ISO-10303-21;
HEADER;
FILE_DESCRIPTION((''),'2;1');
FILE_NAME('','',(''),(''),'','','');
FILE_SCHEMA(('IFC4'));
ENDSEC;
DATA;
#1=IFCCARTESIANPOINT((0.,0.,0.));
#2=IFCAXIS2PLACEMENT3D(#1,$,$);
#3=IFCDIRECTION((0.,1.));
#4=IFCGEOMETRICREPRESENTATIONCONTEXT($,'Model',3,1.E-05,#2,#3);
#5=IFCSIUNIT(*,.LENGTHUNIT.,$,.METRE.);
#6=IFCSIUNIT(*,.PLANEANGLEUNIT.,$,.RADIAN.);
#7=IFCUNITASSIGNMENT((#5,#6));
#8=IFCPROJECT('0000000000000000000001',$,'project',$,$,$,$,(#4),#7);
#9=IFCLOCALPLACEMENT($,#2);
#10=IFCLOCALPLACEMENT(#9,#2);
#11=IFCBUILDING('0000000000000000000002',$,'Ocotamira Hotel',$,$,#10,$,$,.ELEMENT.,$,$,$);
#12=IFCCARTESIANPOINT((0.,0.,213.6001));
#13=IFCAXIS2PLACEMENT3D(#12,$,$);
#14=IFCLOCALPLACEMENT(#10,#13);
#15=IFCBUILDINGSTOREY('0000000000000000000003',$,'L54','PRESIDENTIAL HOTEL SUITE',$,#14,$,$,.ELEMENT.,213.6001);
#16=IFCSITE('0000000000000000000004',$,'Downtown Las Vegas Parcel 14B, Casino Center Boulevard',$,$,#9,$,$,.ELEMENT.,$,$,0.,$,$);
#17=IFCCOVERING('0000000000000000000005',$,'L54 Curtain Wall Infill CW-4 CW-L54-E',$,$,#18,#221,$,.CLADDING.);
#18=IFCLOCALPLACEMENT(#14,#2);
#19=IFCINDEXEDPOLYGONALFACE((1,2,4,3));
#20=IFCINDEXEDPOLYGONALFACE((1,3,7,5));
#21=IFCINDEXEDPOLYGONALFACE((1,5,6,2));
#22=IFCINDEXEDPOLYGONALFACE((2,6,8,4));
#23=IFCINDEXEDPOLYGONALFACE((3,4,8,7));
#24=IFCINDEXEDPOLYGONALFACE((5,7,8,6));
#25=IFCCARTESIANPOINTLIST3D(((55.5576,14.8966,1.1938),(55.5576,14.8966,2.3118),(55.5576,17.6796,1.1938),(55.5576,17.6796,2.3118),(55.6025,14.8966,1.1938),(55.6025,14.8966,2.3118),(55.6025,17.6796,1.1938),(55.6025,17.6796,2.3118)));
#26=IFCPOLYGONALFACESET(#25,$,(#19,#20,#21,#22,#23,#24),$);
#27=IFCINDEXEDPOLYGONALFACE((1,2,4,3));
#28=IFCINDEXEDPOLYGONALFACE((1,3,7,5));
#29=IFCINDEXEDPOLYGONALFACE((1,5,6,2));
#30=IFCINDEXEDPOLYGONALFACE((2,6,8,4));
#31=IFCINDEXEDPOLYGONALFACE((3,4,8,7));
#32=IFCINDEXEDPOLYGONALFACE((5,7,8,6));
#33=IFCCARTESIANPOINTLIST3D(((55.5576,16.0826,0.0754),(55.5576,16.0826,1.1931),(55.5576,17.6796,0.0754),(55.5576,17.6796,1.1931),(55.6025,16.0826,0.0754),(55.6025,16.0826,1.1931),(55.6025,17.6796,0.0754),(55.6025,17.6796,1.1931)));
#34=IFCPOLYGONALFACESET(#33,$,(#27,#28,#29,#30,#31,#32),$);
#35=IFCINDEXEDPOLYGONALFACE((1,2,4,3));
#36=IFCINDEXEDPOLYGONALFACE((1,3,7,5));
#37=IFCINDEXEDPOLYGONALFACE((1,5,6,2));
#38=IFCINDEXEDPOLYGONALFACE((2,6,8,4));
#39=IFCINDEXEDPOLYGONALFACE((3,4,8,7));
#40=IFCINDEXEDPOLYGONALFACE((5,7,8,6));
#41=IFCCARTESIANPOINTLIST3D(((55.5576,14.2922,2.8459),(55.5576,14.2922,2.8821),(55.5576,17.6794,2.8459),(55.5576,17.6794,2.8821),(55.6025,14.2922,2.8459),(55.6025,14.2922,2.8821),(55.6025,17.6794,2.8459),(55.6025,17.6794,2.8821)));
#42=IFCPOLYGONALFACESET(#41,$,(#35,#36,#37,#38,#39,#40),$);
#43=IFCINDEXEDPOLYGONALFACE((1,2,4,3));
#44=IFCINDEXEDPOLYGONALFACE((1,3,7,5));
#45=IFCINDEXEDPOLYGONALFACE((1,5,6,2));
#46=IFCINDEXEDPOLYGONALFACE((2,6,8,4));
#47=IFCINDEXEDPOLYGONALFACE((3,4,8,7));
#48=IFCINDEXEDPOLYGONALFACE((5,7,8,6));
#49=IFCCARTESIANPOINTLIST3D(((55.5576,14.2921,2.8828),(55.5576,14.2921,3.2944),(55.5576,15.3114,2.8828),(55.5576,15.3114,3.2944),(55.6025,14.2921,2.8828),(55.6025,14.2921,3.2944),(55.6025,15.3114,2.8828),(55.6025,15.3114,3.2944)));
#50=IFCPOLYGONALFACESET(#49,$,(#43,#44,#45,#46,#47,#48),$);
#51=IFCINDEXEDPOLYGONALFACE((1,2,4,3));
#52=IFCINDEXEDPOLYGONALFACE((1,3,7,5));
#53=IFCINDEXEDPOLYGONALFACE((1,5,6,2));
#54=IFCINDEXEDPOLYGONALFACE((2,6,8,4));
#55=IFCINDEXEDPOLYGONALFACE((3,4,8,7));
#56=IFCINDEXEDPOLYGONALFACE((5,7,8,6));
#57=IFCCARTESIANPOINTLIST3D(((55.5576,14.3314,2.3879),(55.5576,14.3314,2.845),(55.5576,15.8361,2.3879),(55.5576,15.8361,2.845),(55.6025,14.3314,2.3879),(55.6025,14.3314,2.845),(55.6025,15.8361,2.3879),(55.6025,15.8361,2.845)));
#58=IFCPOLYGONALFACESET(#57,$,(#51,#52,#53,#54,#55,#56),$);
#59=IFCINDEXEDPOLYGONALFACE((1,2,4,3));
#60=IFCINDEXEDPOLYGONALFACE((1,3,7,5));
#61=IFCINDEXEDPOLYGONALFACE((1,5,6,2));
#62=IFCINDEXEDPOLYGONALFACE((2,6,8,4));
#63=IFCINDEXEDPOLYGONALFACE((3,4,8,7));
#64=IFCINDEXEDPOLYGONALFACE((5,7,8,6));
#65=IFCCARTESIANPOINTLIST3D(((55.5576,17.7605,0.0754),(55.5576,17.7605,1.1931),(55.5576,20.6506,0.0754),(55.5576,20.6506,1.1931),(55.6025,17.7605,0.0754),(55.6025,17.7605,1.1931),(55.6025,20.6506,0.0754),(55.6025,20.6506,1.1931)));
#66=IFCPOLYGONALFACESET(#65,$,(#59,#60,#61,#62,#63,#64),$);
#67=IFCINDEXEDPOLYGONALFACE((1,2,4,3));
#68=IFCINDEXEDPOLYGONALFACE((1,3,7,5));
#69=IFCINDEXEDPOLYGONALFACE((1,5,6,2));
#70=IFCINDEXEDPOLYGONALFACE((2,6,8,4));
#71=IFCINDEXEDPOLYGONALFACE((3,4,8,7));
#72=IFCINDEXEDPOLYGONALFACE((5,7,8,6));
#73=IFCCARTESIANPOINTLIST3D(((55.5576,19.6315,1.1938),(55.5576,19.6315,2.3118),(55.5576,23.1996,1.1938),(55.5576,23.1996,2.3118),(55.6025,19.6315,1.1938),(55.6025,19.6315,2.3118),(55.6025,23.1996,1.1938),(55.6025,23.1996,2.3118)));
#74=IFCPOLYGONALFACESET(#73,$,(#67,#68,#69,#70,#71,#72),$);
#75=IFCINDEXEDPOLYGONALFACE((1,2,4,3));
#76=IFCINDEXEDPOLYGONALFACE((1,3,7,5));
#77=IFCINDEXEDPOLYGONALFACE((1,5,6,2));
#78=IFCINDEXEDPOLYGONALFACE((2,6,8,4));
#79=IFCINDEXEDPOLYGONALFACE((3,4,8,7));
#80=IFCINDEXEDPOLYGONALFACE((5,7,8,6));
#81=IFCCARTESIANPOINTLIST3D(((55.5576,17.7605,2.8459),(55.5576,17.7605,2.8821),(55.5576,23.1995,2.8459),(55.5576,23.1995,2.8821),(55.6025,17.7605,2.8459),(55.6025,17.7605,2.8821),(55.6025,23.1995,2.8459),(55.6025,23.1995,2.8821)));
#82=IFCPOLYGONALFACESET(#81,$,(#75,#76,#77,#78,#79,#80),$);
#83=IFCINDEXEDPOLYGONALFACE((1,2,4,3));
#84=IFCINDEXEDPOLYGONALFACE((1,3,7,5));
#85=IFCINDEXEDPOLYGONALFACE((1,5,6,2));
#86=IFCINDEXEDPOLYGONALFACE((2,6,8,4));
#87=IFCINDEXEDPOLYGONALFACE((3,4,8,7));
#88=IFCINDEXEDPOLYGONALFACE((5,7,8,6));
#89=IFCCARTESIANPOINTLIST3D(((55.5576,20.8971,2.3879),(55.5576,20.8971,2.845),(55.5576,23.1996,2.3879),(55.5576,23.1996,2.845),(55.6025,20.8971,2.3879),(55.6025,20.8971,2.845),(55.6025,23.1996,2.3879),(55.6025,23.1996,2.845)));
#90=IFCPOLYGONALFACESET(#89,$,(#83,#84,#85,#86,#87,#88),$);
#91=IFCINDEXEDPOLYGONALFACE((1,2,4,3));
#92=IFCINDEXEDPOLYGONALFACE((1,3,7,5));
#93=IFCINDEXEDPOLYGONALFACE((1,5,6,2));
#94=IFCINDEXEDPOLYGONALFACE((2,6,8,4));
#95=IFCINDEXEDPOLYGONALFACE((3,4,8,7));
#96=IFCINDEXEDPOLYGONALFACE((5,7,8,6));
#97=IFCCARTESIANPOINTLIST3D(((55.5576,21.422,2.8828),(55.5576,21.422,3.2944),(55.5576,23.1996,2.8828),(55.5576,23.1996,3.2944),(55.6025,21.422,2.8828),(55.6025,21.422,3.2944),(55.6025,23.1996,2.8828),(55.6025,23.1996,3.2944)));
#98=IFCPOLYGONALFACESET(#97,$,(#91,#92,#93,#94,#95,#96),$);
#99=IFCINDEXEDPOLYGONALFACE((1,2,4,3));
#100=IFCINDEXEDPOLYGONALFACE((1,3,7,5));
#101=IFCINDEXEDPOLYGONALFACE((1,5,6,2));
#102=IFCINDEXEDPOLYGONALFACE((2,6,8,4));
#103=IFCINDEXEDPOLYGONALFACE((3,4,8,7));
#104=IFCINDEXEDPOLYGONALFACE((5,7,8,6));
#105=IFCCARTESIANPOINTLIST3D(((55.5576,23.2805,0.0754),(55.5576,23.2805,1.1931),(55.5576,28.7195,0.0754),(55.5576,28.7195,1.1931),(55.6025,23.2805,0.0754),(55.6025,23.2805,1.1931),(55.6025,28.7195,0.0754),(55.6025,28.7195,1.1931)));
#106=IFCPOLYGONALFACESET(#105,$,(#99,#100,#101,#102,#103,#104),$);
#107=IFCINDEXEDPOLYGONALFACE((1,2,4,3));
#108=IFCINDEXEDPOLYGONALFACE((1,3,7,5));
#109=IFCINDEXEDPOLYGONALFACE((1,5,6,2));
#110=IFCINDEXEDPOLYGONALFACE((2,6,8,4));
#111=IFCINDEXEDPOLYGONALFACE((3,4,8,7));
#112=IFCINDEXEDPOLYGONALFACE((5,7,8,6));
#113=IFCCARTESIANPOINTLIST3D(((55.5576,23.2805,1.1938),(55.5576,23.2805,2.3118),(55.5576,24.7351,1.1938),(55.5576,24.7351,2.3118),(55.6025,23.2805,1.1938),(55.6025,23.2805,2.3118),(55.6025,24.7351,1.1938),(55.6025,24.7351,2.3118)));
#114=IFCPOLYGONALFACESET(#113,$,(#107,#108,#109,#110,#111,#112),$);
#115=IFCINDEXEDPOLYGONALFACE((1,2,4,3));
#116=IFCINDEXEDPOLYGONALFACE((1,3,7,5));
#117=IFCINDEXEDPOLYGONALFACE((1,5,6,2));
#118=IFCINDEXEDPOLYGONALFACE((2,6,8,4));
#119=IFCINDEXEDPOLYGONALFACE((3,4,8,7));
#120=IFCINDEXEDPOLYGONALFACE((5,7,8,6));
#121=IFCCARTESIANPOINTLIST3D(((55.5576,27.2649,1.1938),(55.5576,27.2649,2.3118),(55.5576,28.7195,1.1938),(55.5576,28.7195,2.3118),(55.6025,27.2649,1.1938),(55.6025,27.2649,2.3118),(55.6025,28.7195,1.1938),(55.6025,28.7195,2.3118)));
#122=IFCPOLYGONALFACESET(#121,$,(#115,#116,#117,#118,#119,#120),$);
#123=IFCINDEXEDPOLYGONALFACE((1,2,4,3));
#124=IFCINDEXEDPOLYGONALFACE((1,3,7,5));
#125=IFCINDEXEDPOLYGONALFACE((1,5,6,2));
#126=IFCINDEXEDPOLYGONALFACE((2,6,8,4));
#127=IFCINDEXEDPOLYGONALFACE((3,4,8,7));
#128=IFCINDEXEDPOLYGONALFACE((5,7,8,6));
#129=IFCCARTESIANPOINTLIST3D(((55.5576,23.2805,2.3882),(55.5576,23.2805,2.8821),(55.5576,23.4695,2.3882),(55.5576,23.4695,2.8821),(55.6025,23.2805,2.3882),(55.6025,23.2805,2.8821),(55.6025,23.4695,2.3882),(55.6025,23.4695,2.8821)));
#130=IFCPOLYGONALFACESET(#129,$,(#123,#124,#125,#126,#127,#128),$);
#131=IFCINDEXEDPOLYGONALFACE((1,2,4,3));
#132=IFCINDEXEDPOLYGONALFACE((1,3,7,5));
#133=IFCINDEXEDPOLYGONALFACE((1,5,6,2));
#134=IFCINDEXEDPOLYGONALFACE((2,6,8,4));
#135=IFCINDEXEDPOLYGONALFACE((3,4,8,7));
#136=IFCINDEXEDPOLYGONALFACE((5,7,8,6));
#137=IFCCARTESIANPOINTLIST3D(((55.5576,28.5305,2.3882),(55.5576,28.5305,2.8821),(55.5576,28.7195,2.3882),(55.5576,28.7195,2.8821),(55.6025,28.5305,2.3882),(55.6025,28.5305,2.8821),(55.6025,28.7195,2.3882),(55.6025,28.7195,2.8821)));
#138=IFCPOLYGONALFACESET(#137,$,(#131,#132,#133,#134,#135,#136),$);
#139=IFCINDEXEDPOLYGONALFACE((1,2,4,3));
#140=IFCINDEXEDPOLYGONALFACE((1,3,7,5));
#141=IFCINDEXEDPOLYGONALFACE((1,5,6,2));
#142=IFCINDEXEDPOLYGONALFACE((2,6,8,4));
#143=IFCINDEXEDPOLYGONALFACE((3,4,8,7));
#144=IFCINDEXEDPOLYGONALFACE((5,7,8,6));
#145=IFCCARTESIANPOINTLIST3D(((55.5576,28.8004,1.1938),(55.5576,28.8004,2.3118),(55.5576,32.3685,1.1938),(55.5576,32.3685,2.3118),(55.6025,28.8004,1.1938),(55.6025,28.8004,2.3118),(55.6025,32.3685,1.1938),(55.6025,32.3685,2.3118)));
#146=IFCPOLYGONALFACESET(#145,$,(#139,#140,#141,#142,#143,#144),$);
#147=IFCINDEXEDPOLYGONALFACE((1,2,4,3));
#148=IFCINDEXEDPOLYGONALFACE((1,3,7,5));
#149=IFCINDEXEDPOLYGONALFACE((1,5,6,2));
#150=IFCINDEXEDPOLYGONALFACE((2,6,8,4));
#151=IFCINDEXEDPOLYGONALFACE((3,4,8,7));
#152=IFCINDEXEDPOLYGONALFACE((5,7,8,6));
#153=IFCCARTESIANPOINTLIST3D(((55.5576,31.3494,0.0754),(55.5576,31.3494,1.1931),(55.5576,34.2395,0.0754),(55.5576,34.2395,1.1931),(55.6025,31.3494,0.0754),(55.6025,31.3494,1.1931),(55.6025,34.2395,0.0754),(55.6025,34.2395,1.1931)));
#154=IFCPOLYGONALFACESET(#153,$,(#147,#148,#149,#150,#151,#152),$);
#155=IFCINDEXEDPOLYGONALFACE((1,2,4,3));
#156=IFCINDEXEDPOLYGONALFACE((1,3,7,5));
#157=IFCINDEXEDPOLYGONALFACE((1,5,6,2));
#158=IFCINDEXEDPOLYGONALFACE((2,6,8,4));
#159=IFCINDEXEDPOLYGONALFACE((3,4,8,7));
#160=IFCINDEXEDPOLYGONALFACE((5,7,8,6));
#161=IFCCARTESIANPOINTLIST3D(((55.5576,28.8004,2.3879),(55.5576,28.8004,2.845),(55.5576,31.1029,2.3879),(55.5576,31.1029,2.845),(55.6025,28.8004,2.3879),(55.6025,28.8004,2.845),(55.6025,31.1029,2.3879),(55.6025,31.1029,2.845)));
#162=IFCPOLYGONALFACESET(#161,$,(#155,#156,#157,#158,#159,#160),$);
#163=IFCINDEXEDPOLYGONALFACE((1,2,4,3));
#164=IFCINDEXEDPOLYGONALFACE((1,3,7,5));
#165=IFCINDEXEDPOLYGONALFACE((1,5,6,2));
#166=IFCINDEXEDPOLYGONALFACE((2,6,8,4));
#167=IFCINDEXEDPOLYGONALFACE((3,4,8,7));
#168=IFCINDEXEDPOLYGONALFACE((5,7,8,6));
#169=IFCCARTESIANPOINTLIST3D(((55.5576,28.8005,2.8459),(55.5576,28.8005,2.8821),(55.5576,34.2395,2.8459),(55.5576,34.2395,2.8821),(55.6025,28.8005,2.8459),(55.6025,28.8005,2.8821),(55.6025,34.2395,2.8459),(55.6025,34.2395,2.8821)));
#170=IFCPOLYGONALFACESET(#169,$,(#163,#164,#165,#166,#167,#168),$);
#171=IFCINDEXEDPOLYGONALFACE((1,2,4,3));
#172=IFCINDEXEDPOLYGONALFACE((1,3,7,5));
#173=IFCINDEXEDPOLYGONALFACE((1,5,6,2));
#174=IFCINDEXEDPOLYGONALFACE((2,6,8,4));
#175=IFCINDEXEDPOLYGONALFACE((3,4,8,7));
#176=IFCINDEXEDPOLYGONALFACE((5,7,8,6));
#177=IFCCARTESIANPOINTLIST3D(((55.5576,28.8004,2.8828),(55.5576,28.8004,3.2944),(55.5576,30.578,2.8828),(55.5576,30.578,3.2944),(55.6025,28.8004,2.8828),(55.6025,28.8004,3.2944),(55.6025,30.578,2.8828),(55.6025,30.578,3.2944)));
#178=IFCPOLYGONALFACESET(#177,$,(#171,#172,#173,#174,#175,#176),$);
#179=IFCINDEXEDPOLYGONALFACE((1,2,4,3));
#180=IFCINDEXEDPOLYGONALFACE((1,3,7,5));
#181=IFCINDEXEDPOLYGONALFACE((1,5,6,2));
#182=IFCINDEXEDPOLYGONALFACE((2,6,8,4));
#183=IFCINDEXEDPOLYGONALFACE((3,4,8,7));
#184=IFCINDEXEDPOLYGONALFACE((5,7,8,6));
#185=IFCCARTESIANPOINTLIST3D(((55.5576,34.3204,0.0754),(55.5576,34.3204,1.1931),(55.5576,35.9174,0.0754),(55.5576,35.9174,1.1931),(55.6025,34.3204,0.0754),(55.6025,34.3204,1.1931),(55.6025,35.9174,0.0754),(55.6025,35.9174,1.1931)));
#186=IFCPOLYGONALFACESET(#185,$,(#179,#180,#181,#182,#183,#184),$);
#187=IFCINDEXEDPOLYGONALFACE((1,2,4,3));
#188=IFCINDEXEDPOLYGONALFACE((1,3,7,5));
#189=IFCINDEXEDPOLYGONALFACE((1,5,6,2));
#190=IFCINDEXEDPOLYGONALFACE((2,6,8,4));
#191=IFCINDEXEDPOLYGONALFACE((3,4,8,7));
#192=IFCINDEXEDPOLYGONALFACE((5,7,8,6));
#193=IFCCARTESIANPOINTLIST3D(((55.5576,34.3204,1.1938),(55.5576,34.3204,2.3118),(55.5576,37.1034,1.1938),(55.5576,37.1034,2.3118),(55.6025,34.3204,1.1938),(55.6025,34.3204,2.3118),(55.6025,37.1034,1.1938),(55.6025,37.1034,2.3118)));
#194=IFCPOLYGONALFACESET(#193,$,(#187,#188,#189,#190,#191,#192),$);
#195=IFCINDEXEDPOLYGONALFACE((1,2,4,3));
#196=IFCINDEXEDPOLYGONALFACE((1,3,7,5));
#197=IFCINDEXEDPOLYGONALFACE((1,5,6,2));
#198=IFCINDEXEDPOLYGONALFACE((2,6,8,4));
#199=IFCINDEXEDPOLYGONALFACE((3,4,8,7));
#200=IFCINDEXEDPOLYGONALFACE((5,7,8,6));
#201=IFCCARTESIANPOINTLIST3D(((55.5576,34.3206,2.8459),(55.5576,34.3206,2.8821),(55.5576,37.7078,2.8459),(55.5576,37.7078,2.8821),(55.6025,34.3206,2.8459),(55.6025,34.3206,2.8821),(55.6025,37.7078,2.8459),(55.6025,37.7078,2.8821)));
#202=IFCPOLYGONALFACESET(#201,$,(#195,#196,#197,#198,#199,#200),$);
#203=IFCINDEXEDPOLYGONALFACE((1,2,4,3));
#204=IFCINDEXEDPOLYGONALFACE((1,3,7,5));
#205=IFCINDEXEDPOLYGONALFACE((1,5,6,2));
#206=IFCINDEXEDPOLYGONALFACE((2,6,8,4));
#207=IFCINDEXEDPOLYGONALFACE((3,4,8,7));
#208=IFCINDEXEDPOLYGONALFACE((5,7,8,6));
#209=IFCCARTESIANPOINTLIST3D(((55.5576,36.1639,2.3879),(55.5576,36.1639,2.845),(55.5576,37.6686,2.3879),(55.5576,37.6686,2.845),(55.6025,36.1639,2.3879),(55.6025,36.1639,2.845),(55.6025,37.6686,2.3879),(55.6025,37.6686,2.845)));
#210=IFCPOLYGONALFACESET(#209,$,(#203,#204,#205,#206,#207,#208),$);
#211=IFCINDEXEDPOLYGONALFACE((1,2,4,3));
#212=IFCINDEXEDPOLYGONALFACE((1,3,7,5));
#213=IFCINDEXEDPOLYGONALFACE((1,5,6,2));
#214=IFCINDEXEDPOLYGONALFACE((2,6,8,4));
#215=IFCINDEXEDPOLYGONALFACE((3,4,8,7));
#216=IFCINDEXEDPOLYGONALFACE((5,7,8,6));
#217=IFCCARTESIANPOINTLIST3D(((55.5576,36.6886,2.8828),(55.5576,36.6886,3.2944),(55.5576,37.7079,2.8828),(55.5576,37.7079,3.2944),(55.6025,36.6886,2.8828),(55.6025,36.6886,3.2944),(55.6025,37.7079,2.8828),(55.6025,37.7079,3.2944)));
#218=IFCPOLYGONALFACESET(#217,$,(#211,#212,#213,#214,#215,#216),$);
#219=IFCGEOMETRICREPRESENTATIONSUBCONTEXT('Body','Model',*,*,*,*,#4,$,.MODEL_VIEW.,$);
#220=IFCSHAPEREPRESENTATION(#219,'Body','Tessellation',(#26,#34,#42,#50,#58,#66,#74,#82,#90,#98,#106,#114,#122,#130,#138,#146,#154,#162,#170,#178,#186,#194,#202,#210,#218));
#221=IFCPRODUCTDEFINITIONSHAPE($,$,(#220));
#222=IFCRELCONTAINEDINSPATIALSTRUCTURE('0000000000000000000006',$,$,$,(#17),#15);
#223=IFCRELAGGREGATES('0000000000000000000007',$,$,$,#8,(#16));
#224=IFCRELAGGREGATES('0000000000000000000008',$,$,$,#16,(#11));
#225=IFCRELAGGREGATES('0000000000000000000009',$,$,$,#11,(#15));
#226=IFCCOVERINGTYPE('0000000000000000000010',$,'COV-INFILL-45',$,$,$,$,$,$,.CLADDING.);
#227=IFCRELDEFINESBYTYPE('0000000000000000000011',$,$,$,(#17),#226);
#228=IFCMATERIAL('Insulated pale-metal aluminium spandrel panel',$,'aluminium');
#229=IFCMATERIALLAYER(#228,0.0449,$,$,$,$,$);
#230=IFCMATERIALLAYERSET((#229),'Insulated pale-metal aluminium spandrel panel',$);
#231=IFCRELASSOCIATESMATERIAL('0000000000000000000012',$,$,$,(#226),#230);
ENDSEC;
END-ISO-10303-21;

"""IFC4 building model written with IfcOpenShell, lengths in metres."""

from ifc_helpers import new_model, si_unit, direction, frame, origin, origin_2d, place, context, subcontext, project, spatial, rectangle, extrude, material, layer, layer_set, type_object, element, save


model = new_model("IFC4")

# Units and contexts
model_context = context("Model", 3, precision=1e-05, world=origin(), true_north=direction((0.0, 1.0)))
body_context = subcontext(model_context, "Body", "Model", "MODEL_VIEW")
ifc_project = project(units=[si_unit("LENGTHUNIT", "METRE"), si_unit("PLANEANGLEUNIT", "RADIAN")], contexts=[model_context])

# Site, building, storey
site_placement = place(None, origin())
site = spatial("IfcSite", under=ifc_project, at=site_placement, Name="Downtown Las Vegas Parcel 14B, Casino Center Boulevard", CompositionType="ELEMENT", RefElevation=0.0)
building_placement = place(site_placement, origin())
building = spatial("IfcBuilding", under=site, at=building_placement, Name="Ocotamira Hotel", CompositionType="ELEMENT")
storey_placement = place(building_placement, frame((0.0, 0.0, 213.6001)))
storey = spatial("IfcBuildingStorey", under=building, at=storey_placement, Name="L54", Description="PRESIDENTIAL HOTEL SUITE", CompositionType="ELEMENT", Elevation=213.6001)

# Covering
ifc_material_1 = material(Name="Insulated pale-metal aluminium spandrel panel", Category="aluminium")
ifc_layer_1 = layer(ifc_material_1, 0.0449)
ifc_layer_set_1 = layer_set([ifc_layer_1], Name="Insulated pale-metal aluminium spandrel panel")
covering_type_1 = type_object("IfcCoveringType", Name="COV-INFILL-45", PredefinedType="CLADDING", material=ifc_layer_set_1)
covering_1_placement = place(storey_placement, origin())
element("IfcCovering", 1, at=covering_1_placement, inside=storey, type_object=covering_type_1, Name="L54 Curtain Wall Infill CW-4 CW-L54-E", PredefinedType="CLADDING", context=body_context, shape_type="SweptSolid", body=[
    extrude(rectangle(XDim=2.783, YDim=0.0449, at=origin_2d()), frame((55.5801, 16.2881, 1.1938), z_axis=(0.0, 0.0, 1.0), x_axis=(0.0, 1.0, 0.0)), (0.0, 0.0, 1.0), 1.1179),
    extrude(rectangle(XDim=1.5969, YDim=0.0449, at=origin_2d()), frame((55.5801, 16.8811, 0.0754), z_axis=(0.0, 0.0, 1.0), x_axis=(0.0, 1.0, 0.0)), (0.0, 0.0, 1.0), 1.1177),
    extrude(rectangle(XDim=3.3872, YDim=0.0449, at=origin_2d()), frame((55.5801, 15.9858, 2.8459), z_axis=(0.0, 0.0, 1.0), x_axis=(0.0, 1.0, 0.0)), (0.0, 0.0, 1.0), 0.0361),
    extrude(rectangle(XDim=1.0193, YDim=0.0449, at=origin_2d()), frame((55.5801, 14.8018, 2.8828), z_axis=(0.0, 0.0, 1.0), x_axis=(0.0, 1.0, 0.0)), (0.0, 0.0, 1.0), 0.4116),
    extrude(rectangle(XDim=1.5046, YDim=0.0449, at=origin_2d()), frame((55.5801, 15.0837, 2.3879), z_axis=(0.0, 0.0, 1.0), x_axis=(0.0, 1.0, 0.0)), (0.0, 0.0, 1.0), 0.457),
    extrude(rectangle(XDim=2.8901, YDim=0.0449, at=origin_2d()), frame((55.5801, 19.2056, 0.0754), z_axis=(0.0, 0.0, 1.0), x_axis=(0.0, 1.0, 0.0)), (0.0, 0.0, 1.0), 1.1177),
    extrude(rectangle(XDim=3.5681, YDim=0.0449, at=origin_2d()), frame((55.5801, 21.4155, 1.1938), z_axis=(0.0, 0.0, 1.0), x_axis=(0.0, 1.0, 0.0)), (0.0, 0.0, 1.0), 1.1179),
    extrude(rectangle(XDim=5.439, YDim=0.0449, at=origin_2d()), frame((55.5801, 20.48, 2.8459), z_axis=(0.0, 0.0, 1.0), x_axis=(0.0, 1.0, 0.0)), (0.0, 0.0, 1.0), 0.0361),
    extrude(rectangle(XDim=2.3025, YDim=0.0449, at=origin_2d()), frame((55.5801, 22.0483, 2.3879), z_axis=(0.0, 0.0, 1.0), x_axis=(0.0, 1.0, 0.0)), (0.0, 0.0, 1.0), 0.457),
    extrude(rectangle(XDim=1.7776, YDim=0.0449, at=origin_2d()), frame((55.5801, 22.3108, 2.8828), z_axis=(0.0, 0.0, 1.0), x_axis=(0.0, 1.0, 0.0)), (0.0, 0.0, 1.0), 0.4116),
    extrude(rectangle(XDim=5.439, YDim=0.0449, at=origin_2d()), frame((55.5801, 26.0, 0.0754), z_axis=(0.0, 0.0, 1.0), x_axis=(0.0, 1.0, 0.0)), (0.0, 0.0, 1.0), 1.1177),
    extrude(rectangle(XDim=1.4546, YDim=0.0449, at=origin_2d()), frame((55.5801, 24.0078, 1.1938), z_axis=(0.0, 0.0, 1.0), x_axis=(0.0, 1.0, 0.0)), (0.0, 0.0, 1.0), 1.1179),
    extrude(rectangle(XDim=1.4546, YDim=0.0449, at=origin_2d()), frame((55.5801, 27.9922, 1.1938), z_axis=(0.0, 0.0, 1.0), x_axis=(0.0, 1.0, 0.0)), (0.0, 0.0, 1.0), 1.1179),
    extrude(rectangle(XDim=0.189, YDim=0.0449, at=origin_2d()), frame((55.5801, 23.375, 2.3882), z_axis=(0.0, 0.0, 1.0), x_axis=(0.0, 1.0, 0.0)), (0.0, 0.0, 1.0), 0.4939),
    extrude(rectangle(XDim=0.189, YDim=0.0449, at=origin_2d()), frame((55.5801, 28.625, 2.3882), z_axis=(0.0, 0.0, 1.0), x_axis=(0.0, 1.0, 0.0)), (0.0, 0.0, 1.0), 0.4939),
    extrude(rectangle(XDim=3.5681, YDim=0.0449, at=origin_2d()), frame((55.5801, 30.5845, 1.1938), z_axis=(0.0, 0.0, 1.0), x_axis=(0.0, 1.0, 0.0)), (0.0, 0.0, 1.0), 1.1179),
    extrude(rectangle(XDim=2.8901, YDim=0.0449, at=origin_2d()), frame((55.5801, 32.7944, 0.0754), z_axis=(0.0, 0.0, 1.0), x_axis=(0.0, 1.0, 0.0)), (0.0, 0.0, 1.0), 1.1177),
    extrude(rectangle(XDim=2.3025, YDim=0.0449, at=origin_2d()), frame((55.5801, 29.9517, 2.3879), z_axis=(0.0, 0.0, 1.0), x_axis=(0.0, 1.0, 0.0)), (0.0, 0.0, 1.0), 0.457),
    extrude(rectangle(XDim=5.439, YDim=0.0449, at=origin_2d()), frame((55.5801, 31.52, 2.8459), z_axis=(0.0, 0.0, 1.0), x_axis=(0.0, 1.0, 0.0)), (0.0, 0.0, 1.0), 0.0361),
    extrude(rectangle(XDim=1.7776, YDim=0.0449, at=origin_2d()), frame((55.5801, 29.6892, 2.8828), z_axis=(0.0, 0.0, 1.0), x_axis=(0.0, 1.0, 0.0)), (0.0, 0.0, 1.0), 0.4116),
    extrude(rectangle(XDim=1.5969, YDim=0.0449, at=origin_2d()), frame((55.5801, 35.1189, 0.0754), z_axis=(0.0, 0.0, 1.0), x_axis=(0.0, 1.0, 0.0)), (0.0, 0.0, 1.0), 1.1177),
    extrude(rectangle(XDim=2.783, YDim=0.0449, at=origin_2d()), frame((55.5801, 35.7119, 1.1938), z_axis=(0.0, 0.0, 1.0), x_axis=(0.0, 1.0, 0.0)), (0.0, 0.0, 1.0), 1.1179),
    extrude(rectangle(XDim=3.3872, YDim=0.0449, at=origin_2d()), frame((55.5801, 36.0142, 2.8459), z_axis=(0.0, 0.0, 1.0), x_axis=(0.0, 1.0, 0.0)), (0.0, 0.0, 1.0), 0.0361),
    extrude(rectangle(XDim=1.5046, YDim=0.0449, at=origin_2d()), frame((55.5801, 36.9163, 2.3879), z_axis=(0.0, 0.0, 1.0), x_axis=(0.0, 1.0, 0.0)), (0.0, 0.0, 1.0), 0.457),
    extrude(rectangle(XDim=1.0193, YDim=0.0449, at=origin_2d()), frame((55.5801, 37.1982, 2.8828), z_axis=(0.0, 0.0, 1.0), x_axis=(0.0, 1.0, 0.0)), (0.0, 0.0, 1.0), 0.4116),
])

save(model, "model.ifc")
